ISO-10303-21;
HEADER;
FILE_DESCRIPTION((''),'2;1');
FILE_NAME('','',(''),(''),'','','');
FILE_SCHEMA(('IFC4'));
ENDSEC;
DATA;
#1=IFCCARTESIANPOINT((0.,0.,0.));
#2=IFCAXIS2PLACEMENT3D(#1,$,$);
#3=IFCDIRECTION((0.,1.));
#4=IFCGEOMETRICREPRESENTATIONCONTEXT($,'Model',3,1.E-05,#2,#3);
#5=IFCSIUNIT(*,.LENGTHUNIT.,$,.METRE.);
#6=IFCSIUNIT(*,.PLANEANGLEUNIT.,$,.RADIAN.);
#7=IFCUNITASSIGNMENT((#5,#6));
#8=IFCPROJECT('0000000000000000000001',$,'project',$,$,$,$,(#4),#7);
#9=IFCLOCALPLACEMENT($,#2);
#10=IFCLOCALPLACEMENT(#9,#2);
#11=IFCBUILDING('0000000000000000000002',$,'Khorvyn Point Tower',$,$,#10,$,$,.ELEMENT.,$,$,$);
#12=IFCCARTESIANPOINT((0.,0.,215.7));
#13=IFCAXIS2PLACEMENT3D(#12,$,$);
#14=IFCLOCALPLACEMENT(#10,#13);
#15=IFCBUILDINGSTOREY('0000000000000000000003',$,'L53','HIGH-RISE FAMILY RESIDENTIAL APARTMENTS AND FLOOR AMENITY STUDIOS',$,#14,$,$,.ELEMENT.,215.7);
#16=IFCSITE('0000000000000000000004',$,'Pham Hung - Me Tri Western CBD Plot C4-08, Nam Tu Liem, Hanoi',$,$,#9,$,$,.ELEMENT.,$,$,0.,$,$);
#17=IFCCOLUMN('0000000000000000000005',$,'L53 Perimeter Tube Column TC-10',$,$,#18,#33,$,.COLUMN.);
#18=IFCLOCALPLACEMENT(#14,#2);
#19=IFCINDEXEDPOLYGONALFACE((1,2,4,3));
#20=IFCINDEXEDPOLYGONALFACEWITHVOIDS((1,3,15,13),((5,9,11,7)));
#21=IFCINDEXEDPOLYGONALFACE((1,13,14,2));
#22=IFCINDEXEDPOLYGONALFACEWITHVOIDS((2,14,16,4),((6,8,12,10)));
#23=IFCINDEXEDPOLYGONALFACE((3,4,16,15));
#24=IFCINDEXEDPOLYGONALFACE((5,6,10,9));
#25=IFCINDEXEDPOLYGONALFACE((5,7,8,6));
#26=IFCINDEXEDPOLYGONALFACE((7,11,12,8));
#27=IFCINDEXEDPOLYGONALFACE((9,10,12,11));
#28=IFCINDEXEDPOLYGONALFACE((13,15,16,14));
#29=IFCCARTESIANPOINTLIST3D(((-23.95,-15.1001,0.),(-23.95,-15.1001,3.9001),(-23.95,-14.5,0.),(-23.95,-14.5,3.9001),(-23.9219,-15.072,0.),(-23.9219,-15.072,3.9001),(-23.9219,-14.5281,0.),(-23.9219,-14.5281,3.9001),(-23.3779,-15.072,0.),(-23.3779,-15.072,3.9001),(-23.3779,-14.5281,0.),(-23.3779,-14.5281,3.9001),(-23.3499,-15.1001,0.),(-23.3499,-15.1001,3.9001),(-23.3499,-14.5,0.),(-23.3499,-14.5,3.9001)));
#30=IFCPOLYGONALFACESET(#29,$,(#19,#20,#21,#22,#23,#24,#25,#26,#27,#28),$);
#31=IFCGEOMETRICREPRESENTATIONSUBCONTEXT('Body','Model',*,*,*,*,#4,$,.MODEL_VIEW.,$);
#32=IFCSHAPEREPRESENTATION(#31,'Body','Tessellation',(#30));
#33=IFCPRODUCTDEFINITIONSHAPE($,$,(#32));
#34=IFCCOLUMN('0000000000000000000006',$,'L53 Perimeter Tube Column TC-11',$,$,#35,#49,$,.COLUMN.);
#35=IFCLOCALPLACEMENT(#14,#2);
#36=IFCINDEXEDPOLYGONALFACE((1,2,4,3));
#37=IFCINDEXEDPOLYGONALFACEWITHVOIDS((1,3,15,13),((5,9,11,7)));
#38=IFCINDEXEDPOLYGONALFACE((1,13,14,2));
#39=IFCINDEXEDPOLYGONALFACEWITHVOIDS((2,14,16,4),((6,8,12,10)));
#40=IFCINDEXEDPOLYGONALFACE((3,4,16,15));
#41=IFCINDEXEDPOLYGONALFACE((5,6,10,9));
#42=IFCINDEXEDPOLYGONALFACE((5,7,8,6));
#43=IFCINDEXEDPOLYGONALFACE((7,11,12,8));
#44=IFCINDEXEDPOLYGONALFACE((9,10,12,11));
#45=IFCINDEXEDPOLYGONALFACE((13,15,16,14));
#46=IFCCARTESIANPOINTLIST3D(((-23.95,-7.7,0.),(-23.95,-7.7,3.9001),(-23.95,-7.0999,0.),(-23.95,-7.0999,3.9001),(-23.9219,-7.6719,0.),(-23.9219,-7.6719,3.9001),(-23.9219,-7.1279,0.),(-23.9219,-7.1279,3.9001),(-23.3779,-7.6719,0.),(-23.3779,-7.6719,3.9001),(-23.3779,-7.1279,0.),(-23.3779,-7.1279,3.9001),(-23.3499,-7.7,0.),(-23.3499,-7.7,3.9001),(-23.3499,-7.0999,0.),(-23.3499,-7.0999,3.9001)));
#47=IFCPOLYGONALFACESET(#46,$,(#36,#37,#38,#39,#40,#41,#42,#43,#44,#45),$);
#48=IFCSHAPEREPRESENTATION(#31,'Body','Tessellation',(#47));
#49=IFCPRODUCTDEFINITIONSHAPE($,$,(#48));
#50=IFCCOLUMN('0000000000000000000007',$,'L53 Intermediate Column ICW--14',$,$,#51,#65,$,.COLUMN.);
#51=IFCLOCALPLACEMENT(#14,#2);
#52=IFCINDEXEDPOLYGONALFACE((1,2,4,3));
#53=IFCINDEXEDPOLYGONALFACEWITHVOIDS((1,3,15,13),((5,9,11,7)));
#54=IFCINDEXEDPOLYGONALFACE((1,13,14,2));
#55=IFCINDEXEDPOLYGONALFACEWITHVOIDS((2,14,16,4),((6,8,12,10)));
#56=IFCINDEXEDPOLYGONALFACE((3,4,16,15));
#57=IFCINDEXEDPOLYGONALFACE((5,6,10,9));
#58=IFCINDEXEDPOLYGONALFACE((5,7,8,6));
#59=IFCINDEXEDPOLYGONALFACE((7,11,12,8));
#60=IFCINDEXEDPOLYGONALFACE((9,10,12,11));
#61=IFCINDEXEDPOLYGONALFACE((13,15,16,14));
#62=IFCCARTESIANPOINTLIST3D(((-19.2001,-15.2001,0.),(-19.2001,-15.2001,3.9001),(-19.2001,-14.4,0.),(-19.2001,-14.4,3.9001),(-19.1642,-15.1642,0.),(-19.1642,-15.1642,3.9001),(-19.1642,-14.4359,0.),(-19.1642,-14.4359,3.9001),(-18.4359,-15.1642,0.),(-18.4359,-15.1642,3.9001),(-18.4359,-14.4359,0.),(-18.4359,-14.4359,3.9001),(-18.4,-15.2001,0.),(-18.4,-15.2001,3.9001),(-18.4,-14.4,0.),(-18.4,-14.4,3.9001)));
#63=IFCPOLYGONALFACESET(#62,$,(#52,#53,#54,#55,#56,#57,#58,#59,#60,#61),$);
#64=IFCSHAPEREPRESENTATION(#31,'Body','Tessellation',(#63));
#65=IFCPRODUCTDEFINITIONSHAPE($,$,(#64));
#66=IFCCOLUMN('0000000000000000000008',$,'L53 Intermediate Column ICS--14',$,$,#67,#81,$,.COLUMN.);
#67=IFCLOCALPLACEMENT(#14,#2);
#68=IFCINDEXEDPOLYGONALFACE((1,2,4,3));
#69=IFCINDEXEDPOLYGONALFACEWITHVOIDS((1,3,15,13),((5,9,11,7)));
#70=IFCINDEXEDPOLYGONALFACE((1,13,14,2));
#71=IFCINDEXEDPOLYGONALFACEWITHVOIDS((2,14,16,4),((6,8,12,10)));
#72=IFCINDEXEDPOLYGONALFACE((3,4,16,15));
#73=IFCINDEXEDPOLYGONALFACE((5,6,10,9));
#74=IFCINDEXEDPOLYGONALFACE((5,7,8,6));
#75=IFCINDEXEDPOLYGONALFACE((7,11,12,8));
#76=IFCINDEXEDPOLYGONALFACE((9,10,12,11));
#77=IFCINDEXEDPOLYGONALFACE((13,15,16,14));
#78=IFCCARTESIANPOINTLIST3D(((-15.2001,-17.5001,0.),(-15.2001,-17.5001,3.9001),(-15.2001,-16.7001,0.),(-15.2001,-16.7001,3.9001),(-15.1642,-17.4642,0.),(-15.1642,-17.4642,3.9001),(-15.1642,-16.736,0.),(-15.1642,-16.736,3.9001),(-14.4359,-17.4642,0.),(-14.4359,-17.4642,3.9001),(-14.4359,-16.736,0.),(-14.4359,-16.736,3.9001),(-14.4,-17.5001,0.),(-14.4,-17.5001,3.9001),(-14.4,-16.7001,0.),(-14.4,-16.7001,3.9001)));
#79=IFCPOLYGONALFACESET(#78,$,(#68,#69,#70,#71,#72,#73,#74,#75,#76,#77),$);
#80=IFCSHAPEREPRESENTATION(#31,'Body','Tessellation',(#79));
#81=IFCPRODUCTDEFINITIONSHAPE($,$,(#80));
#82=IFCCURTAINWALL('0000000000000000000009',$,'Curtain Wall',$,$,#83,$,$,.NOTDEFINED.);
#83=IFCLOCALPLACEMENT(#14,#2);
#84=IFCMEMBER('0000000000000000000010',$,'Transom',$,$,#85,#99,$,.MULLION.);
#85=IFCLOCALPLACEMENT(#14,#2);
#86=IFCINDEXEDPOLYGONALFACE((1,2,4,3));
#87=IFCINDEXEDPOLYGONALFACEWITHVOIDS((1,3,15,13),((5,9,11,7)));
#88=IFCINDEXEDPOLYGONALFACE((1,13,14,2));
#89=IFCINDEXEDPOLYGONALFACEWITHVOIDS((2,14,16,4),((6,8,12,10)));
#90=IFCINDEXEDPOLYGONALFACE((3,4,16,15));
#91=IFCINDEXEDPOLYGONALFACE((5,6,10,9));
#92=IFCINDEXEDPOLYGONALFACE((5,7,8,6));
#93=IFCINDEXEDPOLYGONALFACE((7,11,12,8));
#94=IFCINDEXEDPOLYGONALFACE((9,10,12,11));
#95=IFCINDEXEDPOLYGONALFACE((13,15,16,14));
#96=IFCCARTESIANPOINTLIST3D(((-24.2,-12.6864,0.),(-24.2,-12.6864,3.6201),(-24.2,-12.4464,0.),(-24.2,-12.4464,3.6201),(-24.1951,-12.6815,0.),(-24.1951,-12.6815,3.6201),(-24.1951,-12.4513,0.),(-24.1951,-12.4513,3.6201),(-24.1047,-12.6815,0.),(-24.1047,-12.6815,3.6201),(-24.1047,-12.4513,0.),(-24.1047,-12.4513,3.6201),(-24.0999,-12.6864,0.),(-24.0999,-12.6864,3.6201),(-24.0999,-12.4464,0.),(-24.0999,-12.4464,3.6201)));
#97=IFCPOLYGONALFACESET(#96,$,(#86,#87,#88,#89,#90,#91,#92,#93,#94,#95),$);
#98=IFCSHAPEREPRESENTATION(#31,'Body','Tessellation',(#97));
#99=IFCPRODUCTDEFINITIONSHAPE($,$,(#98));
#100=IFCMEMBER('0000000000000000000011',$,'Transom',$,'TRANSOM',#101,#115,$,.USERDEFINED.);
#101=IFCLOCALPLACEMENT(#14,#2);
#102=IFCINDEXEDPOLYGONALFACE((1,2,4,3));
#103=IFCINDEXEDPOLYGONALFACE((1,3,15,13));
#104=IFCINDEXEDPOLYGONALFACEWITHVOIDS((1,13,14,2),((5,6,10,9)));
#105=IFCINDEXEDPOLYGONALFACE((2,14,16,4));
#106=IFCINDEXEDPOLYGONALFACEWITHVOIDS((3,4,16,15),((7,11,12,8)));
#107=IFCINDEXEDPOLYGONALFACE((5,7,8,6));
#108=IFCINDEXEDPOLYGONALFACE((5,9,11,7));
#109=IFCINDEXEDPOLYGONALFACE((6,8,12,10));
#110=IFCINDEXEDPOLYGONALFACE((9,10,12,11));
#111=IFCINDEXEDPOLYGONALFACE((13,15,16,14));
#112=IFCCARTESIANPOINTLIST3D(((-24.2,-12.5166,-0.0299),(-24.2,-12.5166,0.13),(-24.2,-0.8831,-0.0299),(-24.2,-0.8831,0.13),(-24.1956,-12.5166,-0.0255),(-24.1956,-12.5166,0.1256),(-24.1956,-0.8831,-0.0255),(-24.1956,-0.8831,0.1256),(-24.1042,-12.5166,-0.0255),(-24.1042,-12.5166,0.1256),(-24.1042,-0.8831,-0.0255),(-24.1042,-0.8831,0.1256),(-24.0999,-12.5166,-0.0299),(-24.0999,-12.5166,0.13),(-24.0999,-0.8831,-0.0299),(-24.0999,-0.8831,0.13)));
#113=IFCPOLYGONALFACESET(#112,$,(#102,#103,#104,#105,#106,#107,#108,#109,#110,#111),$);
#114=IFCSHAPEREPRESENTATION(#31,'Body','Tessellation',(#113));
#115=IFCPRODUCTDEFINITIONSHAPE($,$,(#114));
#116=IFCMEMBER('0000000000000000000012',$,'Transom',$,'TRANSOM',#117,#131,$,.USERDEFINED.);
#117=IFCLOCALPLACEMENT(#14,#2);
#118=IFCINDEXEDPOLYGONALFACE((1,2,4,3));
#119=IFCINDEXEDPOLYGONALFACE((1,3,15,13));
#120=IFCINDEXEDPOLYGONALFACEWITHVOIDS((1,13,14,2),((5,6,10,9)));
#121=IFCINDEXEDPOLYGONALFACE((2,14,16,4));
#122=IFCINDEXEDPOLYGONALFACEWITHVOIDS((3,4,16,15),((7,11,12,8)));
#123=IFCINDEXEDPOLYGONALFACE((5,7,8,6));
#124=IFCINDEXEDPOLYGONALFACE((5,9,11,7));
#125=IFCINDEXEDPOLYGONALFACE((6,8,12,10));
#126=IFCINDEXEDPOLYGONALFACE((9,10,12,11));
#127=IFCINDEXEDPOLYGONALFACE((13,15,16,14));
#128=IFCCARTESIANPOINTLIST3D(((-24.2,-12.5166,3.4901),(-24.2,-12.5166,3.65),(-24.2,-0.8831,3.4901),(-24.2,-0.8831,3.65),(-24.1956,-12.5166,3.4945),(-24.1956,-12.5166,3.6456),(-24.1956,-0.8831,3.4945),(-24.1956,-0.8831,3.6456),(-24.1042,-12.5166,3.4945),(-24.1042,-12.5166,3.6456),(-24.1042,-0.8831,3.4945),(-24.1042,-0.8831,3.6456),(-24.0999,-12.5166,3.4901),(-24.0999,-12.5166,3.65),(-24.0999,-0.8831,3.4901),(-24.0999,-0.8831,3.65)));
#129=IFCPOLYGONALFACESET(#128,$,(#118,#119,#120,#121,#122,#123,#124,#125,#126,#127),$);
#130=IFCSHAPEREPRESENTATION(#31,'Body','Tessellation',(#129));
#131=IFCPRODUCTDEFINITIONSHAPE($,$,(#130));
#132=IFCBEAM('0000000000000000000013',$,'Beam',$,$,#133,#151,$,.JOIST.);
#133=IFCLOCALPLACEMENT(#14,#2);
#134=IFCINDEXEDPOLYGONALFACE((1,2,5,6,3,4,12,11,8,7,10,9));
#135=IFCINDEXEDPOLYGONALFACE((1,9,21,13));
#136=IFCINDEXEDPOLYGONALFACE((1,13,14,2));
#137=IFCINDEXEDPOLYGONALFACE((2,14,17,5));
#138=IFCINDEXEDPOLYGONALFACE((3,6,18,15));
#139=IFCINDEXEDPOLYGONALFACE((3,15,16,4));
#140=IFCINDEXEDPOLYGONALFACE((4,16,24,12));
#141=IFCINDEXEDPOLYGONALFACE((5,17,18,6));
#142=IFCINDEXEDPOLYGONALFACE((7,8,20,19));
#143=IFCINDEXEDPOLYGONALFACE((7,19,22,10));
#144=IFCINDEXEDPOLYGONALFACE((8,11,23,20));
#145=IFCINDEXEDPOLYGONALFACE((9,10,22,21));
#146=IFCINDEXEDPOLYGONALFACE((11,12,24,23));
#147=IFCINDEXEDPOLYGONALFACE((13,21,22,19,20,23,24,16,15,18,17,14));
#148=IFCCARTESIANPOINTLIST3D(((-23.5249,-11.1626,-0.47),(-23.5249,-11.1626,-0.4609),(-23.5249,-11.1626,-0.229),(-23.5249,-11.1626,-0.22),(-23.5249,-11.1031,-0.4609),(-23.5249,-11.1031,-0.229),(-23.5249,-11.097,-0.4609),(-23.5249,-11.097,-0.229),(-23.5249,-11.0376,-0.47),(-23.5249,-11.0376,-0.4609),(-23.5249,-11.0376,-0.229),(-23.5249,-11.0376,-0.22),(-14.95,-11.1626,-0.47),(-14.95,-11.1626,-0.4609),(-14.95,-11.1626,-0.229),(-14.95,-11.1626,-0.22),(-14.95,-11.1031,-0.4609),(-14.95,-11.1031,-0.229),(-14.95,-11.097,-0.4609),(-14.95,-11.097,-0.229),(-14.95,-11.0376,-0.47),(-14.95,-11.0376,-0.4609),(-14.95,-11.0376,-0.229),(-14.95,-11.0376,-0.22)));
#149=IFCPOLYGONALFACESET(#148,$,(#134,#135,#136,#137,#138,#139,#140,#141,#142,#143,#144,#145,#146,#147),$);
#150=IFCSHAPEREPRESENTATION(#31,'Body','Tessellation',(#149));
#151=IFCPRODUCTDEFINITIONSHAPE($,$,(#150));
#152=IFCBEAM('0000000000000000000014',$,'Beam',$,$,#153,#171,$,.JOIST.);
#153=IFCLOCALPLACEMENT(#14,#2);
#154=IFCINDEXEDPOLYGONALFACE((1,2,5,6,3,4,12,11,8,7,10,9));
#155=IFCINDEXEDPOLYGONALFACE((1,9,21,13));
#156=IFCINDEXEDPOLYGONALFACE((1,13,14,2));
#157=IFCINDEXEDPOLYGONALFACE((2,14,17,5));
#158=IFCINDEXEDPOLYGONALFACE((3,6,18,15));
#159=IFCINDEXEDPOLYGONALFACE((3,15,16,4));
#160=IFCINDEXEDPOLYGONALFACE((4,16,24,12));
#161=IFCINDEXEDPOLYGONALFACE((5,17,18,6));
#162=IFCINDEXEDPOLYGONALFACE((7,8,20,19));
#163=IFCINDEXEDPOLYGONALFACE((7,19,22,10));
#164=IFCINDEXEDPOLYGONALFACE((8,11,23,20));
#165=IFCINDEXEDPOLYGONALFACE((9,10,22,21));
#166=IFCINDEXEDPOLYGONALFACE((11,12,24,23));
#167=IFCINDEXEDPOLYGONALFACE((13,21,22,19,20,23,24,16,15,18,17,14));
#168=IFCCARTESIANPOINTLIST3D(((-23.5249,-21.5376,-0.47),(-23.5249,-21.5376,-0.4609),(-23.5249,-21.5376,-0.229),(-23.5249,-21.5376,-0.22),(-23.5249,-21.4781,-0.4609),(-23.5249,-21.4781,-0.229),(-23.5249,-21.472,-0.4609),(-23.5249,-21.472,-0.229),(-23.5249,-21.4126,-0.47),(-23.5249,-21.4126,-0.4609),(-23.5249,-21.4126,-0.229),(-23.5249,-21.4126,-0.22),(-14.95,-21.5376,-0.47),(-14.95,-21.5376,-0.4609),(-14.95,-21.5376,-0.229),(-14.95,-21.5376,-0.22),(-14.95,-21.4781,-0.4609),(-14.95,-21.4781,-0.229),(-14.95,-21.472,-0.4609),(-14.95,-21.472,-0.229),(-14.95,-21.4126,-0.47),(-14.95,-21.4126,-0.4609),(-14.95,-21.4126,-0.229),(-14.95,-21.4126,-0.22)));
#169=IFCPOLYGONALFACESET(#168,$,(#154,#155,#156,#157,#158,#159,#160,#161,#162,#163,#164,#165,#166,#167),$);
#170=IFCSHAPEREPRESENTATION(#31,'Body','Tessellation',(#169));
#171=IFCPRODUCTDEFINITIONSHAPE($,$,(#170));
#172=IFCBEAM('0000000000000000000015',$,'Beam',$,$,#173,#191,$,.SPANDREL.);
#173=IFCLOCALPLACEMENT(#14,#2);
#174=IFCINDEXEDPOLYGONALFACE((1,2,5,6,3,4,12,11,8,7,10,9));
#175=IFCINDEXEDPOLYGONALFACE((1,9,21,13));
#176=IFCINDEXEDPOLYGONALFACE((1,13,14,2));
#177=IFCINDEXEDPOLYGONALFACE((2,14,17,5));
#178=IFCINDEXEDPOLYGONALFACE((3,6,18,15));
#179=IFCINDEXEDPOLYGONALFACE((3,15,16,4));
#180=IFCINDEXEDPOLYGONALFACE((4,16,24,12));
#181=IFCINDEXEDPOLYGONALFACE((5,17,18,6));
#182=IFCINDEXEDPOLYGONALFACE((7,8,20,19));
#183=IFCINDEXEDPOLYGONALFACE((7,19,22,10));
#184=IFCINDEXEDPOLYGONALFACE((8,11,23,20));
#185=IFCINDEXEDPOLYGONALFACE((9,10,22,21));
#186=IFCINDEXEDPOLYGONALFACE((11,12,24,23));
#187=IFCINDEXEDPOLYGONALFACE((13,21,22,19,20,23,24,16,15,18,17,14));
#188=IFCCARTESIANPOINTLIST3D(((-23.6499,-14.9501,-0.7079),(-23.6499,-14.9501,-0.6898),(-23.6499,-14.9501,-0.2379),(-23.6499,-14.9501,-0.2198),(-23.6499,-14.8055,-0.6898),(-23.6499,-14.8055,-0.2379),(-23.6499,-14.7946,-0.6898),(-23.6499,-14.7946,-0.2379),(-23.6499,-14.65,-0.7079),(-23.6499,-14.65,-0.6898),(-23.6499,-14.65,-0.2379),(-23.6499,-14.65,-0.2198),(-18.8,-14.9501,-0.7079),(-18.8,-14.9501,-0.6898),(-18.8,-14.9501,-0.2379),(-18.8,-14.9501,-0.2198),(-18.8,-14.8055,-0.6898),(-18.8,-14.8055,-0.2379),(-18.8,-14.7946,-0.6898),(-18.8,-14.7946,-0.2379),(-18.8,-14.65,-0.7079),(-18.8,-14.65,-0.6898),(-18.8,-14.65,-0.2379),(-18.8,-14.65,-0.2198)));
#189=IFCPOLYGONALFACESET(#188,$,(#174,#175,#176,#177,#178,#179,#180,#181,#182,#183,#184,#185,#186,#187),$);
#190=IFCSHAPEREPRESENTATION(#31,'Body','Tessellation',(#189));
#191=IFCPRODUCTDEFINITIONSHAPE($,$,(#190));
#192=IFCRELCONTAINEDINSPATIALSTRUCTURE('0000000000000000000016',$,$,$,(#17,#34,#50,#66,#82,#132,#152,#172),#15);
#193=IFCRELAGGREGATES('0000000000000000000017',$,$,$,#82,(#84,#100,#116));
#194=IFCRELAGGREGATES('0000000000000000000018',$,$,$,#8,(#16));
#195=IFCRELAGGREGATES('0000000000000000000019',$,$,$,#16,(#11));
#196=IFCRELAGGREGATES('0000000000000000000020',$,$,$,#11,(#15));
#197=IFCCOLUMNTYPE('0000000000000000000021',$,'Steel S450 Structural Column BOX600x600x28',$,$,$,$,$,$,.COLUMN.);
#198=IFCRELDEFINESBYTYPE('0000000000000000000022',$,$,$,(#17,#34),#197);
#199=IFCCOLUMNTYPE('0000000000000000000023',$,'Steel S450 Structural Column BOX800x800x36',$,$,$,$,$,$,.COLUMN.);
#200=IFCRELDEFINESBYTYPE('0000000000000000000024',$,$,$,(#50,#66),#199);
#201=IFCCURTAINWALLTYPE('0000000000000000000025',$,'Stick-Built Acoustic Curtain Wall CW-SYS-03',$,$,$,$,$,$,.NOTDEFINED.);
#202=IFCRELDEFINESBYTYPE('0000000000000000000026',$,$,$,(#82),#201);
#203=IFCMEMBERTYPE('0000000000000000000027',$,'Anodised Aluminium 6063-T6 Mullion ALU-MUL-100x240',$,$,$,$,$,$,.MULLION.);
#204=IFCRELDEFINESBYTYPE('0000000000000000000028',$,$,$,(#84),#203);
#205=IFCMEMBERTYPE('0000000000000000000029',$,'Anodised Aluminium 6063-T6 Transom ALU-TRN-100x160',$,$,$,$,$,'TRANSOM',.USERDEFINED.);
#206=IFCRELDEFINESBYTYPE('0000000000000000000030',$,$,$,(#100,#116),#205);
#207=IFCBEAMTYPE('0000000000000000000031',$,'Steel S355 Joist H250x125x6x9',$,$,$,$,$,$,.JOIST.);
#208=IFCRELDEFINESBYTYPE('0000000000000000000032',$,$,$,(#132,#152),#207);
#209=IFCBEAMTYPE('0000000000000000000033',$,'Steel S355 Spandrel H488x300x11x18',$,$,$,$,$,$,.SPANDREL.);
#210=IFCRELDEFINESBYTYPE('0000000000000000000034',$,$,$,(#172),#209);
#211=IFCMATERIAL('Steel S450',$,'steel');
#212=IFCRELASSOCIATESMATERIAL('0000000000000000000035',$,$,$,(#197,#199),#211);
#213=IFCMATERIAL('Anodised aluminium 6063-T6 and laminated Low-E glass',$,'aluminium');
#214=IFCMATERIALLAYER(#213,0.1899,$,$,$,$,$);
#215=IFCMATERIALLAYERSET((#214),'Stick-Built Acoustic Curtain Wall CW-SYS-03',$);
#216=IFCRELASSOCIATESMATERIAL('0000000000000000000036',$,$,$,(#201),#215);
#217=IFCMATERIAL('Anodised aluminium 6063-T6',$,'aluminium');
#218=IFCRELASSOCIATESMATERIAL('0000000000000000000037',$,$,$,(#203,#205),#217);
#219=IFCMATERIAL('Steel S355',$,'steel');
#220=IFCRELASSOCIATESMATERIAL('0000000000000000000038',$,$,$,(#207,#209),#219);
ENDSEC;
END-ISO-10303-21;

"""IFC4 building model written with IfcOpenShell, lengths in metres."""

from ifc_helpers import new_model, si_unit, direction, frame, origin, origin_2d, place, context, subcontext, project, spatial, hollow_rectangle, i_section, extrude, material, layer, layer_set, material_profile, profile_set, type_object, element, aggregate, save


model = new_model("IFC4")

# Units and contexts
model_context = context("Model", 3, precision=1e-05, world=origin(), true_north=direction((0.0, 1.0)))
body_context = subcontext(model_context, "Body", "Model", "MODEL_VIEW")
ifc_project = project(units=[si_unit("LENGTHUNIT", "METRE"), si_unit("PLANEANGLEUNIT", "RADIAN")], contexts=[model_context])

# Site, building, storey
site_placement = place(None, origin())
site = spatial("IfcSite", under=ifc_project, at=site_placement, Name="Pham Hung - Me Tri Western CBD Plot C4-08, Nam Tu Liem, Hanoi", CompositionType="ELEMENT", RefElevation=0.0)
building_placement = place(site_placement, origin())
building = spatial("IfcBuilding", under=site, at=building_placement, Name="Khorvyn Point Tower", CompositionType="ELEMENT")
storey_placement = place(building_placement, frame((0.0, 0.0, 215.7)))
storey = spatial("IfcBuildingStorey", under=building, at=storey_placement, Name="L53", Description="HIGH-RISE FAMILY RESIDENTIAL APARTMENTS AND FLOOR AMENITY STUDIOS", CompositionType="ELEMENT", Elevation=215.7)

# Columns
ifc_material_1 = material(Name="Steel S450", Category="steel")
ifc_material_profile_1 = material_profile(ifc_material_1, hollow_rectangle(XDim=0.6001, YDim=0.6001, WallThickness=0.0281, at=origin_2d()))
ifc_profile_set_1 = profile_set([ifc_material_profile_1], Name="Steel S450 BOX600x600x28")
column_type_1 = type_object("IfcColumnType", Name="Steel S450 Structural Column BOX600x600x28", PredefinedType="COLUMN", material=ifc_profile_set_1)
for number, where, z_axis, x_axis, name in (
    (1, (-23.6499, -14.8, 0.0), (0.0, 0.0, 1.0), (1.0, 0.0, 0.0), "L53 Perimeter Tube Column TC-10"),
    (2, (-23.6499, -7.3999, 0.0), (0.0, 0.0, 1.0), (1.0, 0.0, 0.0), "L53 Perimeter Tube Column TC-11"),
):
    element("IfcColumn", number, at=place(storey_placement, frame(where, z_axis=z_axis, x_axis=x_axis)), inside=storey, type_object=column_type_1, Name=name, PredefinedType="COLUMN", context=body_context, shape_type="SweptSolid", body=[
        extrude(hollow_rectangle(XDim=0.6001, YDim=0.6001, WallThickness=0.0281, at=origin_2d()), origin(), (0.0, 0.0, 1.0), 3.9001),
    ])
ifc_material_profile_2 = material_profile(ifc_material_1, hollow_rectangle(XDim=0.8, YDim=0.8, WallThickness=0.0359, at=origin_2d()))
ifc_profile_set_2 = profile_set([ifc_material_profile_2], Name="Steel S450 BOX800x800x36")
column_type_2 = type_object("IfcColumnType", Name="Steel S450 Structural Column BOX800x800x36", PredefinedType="COLUMN", material=ifc_profile_set_2)
for number, where, z_axis, x_axis, name in (
    (3, (-18.8, -14.8, 0.0), (0.0, 0.0, 1.0), (1.0, 0.0, 0.0), "L53 Intermediate Column ICW--14"),
    (4, (-14.8, -17.1001, 0.0), (0.0, 0.0, 1.0), (1.0, 0.0, 0.0), "L53 Intermediate Column ICS--14"),
):
    element("IfcColumn", number, at=place(storey_placement, frame(where, z_axis=z_axis, x_axis=x_axis)), inside=storey, type_object=column_type_2, Name=name, PredefinedType="COLUMN", context=body_context, shape_type="SweptSolid", body=[
        extrude(hollow_rectangle(XDim=0.8, YDim=0.8, WallThickness=0.0359, at=origin_2d()), origin(), (0.0, 0.0, 1.0), 3.9001),
    ])

# Curtain wall, members
ifc_material_2 = material(Name="Anodised aluminium 6063-T6 and laminated Low-E glass", Category="aluminium")
ifc_layer_1 = layer(ifc_material_2, 0.1899)
ifc_layer_set_1 = layer_set([ifc_layer_1], Name="Stick-Built Acoustic Curtain Wall CW-SYS-03")
curtain_wall_type = type_object("IfcCurtainWallType", Name="Stick-Built Acoustic Curtain Wall CW-SYS-03", PredefinedType="NOTDEFINED", material=ifc_layer_set_1)
curtain_wall_placement = place(storey_placement, origin())
curtain_wall = element("IfcCurtainWall", 5, at=curtain_wall_placement, inside=storey, type_object=curtain_wall_type, Name="Curtain Wall", PredefinedType="NOTDEFINED")
ifc_material_3 = material(Name="Anodised aluminium 6063-T6", Category="aluminium")
ifc_material_profile_3 = material_profile(ifc_material_3, hollow_rectangle(XDim=0.1001, YDim=0.24, WallThickness=0.0049, at=origin_2d()))
ifc_profile_set_3 = profile_set([ifc_material_profile_3], Name="Anodised aluminium 6063-T6 ALU-MUL-100x240")
member_type_1 = type_object("IfcMemberType", Name="Anodised Aluminium 6063-T6 Mullion ALU-MUL-100x240", PredefinedType="MULLION", material=ifc_profile_set_3)
member_1_placement = place(storey_placement, frame((-24.1499, -12.5664, 0.0), z_axis=(0.0, 0.0, 1.0), x_axis=(-1.0, 0.0, 0.0)))
member_1 = element("IfcMember", 6, at=member_1_placement, type_object=member_type_1, Name="Transom", PredefinedType="MULLION", context=body_context, shape_type="SweptSolid", body=[
    extrude(hollow_rectangle(XDim=0.1001, YDim=0.24, WallThickness=0.0049, at=origin_2d()), origin(), (0.0, 0.0, 1.0), 3.6201),
])
ifc_material_profile_4 = material_profile(ifc_material_3, hollow_rectangle(XDim=0.1001, YDim=0.1599, WallThickness=0.0044, at=origin_2d()))
ifc_profile_set_4 = profile_set([ifc_material_profile_4], Name="Anodised aluminium 6063-T6 ALU-TRN-100x160")
member_type_2 = type_object("IfcMemberType", Name="Anodised Aluminium 6063-T6 Transom ALU-TRN-100x160", ElementType="TRANSOM", PredefinedType="USERDEFINED", material=ifc_profile_set_4)
member_2_placement = place(storey_placement, frame((-24.1499, -12.5166, 0.05), z_axis=(0.0, 1.0, 0.0), x_axis=(-1.0, 0.0, 0.0)))
member_2 = element("IfcMember", 7, at=member_2_placement, type_object=member_type_2, Name="Transom", ObjectType="TRANSOM", PredefinedType="USERDEFINED", context=body_context, shape_type="SweptSolid", body=[
    extrude(hollow_rectangle(XDim=0.1001, YDim=0.1599, WallThickness=0.0044, at=origin_2d()), origin(), (0.0, 0.0, 1.0), 11.6335),
])
member_3_placement = place(storey_placement, frame((-24.1499, -12.5166, 3.5701), z_axis=(0.0, 1.0, 0.0), x_axis=(-1.0, 0.0, 0.0)))
member_3 = element("IfcMember", 8, at=member_3_placement, type_object=member_type_2, Name="Transom", ObjectType="TRANSOM", PredefinedType="USERDEFINED", context=body_context, shape_type="SweptSolid", body=[
    extrude(hollow_rectangle(XDim=0.1001, YDim=0.1599, WallThickness=0.0044, at=origin_2d()), origin(), (0.0, 0.0, 1.0), 11.6335),
])

# Beams
ifc_material_4 = material(Name="Steel S355", Category="steel")
ifc_material_profile_5 = material_profile(ifc_material_4, i_section(OverallWidth=0.125, OverallDepth=0.25, WebThickness=0.0061, FlangeThickness=0.009, at=origin_2d()))
ifc_profile_set_5 = profile_set([ifc_material_profile_5], Name="Steel S355 H250x125x6x9")
beam_type_1 = type_object("IfcBeamType", Name="Steel S355 Joist H250x125x6x9", PredefinedType="JOIST", material=ifc_profile_set_5)
for number, where, z_axis, x_axis, name in (
    (9, (-23.5249, -11.1001, -0.345), (1.0, 0.0, 0.0), (0.0, 1.0, 0.0), "Beam"),
    (10, (-23.5249, -21.4751, -0.345), (1.0, 0.0, 0.0), (0.0, 1.0, 0.0), "Beam"),
):
    element("IfcBeam", number, at=place(storey_placement, frame(where, z_axis=z_axis, x_axis=x_axis)), inside=storey, type_object=beam_type_1, Name=name, PredefinedType="JOIST", context=body_context, shape_type="SweptSolid", body=[
        extrude(i_section(OverallWidth=0.125, OverallDepth=0.25, WebThickness=0.0061, FlangeThickness=0.009, at=origin_2d()), origin(), (0.0, 0.0, 1.0), 8.575),
    ])
ifc_material_profile_6 = material_profile(ifc_material_4, i_section(OverallWidth=0.3, OverallDepth=0.488, WebThickness=0.011, FlangeThickness=0.0181, at=origin_2d()))
ifc_profile_set_6 = profile_set([ifc_material_profile_6], Name="Steel S355 H488x300x11x18")
beam_type_2 = type_object("IfcBeamType", Name="Steel S355 Spandrel H488x300x11x18", PredefinedType="SPANDREL", material=ifc_profile_set_6)
beam_1_placement = place(storey_placement, frame((-23.6499, -14.8, -0.4639), z_axis=(1.0, 0.0, 0.0), x_axis=(0.0, 1.0, 0.0)))
element("IfcBeam", 11, at=beam_1_placement, inside=storey, type_object=beam_type_2, Name="Beam", PredefinedType="SPANDREL", context=body_context, shape_type="SweptSolid", body=[
    extrude(i_section(OverallWidth=0.3, OverallDepth=0.488, WebThickness=0.011, FlangeThickness=0.0181, at=origin_2d()), origin(), (0.0, 0.0, 1.0), 4.8499),
])

aggregate(curtain_wall, [member_1, member_2, member_3])

save(model, "model.ifc")
